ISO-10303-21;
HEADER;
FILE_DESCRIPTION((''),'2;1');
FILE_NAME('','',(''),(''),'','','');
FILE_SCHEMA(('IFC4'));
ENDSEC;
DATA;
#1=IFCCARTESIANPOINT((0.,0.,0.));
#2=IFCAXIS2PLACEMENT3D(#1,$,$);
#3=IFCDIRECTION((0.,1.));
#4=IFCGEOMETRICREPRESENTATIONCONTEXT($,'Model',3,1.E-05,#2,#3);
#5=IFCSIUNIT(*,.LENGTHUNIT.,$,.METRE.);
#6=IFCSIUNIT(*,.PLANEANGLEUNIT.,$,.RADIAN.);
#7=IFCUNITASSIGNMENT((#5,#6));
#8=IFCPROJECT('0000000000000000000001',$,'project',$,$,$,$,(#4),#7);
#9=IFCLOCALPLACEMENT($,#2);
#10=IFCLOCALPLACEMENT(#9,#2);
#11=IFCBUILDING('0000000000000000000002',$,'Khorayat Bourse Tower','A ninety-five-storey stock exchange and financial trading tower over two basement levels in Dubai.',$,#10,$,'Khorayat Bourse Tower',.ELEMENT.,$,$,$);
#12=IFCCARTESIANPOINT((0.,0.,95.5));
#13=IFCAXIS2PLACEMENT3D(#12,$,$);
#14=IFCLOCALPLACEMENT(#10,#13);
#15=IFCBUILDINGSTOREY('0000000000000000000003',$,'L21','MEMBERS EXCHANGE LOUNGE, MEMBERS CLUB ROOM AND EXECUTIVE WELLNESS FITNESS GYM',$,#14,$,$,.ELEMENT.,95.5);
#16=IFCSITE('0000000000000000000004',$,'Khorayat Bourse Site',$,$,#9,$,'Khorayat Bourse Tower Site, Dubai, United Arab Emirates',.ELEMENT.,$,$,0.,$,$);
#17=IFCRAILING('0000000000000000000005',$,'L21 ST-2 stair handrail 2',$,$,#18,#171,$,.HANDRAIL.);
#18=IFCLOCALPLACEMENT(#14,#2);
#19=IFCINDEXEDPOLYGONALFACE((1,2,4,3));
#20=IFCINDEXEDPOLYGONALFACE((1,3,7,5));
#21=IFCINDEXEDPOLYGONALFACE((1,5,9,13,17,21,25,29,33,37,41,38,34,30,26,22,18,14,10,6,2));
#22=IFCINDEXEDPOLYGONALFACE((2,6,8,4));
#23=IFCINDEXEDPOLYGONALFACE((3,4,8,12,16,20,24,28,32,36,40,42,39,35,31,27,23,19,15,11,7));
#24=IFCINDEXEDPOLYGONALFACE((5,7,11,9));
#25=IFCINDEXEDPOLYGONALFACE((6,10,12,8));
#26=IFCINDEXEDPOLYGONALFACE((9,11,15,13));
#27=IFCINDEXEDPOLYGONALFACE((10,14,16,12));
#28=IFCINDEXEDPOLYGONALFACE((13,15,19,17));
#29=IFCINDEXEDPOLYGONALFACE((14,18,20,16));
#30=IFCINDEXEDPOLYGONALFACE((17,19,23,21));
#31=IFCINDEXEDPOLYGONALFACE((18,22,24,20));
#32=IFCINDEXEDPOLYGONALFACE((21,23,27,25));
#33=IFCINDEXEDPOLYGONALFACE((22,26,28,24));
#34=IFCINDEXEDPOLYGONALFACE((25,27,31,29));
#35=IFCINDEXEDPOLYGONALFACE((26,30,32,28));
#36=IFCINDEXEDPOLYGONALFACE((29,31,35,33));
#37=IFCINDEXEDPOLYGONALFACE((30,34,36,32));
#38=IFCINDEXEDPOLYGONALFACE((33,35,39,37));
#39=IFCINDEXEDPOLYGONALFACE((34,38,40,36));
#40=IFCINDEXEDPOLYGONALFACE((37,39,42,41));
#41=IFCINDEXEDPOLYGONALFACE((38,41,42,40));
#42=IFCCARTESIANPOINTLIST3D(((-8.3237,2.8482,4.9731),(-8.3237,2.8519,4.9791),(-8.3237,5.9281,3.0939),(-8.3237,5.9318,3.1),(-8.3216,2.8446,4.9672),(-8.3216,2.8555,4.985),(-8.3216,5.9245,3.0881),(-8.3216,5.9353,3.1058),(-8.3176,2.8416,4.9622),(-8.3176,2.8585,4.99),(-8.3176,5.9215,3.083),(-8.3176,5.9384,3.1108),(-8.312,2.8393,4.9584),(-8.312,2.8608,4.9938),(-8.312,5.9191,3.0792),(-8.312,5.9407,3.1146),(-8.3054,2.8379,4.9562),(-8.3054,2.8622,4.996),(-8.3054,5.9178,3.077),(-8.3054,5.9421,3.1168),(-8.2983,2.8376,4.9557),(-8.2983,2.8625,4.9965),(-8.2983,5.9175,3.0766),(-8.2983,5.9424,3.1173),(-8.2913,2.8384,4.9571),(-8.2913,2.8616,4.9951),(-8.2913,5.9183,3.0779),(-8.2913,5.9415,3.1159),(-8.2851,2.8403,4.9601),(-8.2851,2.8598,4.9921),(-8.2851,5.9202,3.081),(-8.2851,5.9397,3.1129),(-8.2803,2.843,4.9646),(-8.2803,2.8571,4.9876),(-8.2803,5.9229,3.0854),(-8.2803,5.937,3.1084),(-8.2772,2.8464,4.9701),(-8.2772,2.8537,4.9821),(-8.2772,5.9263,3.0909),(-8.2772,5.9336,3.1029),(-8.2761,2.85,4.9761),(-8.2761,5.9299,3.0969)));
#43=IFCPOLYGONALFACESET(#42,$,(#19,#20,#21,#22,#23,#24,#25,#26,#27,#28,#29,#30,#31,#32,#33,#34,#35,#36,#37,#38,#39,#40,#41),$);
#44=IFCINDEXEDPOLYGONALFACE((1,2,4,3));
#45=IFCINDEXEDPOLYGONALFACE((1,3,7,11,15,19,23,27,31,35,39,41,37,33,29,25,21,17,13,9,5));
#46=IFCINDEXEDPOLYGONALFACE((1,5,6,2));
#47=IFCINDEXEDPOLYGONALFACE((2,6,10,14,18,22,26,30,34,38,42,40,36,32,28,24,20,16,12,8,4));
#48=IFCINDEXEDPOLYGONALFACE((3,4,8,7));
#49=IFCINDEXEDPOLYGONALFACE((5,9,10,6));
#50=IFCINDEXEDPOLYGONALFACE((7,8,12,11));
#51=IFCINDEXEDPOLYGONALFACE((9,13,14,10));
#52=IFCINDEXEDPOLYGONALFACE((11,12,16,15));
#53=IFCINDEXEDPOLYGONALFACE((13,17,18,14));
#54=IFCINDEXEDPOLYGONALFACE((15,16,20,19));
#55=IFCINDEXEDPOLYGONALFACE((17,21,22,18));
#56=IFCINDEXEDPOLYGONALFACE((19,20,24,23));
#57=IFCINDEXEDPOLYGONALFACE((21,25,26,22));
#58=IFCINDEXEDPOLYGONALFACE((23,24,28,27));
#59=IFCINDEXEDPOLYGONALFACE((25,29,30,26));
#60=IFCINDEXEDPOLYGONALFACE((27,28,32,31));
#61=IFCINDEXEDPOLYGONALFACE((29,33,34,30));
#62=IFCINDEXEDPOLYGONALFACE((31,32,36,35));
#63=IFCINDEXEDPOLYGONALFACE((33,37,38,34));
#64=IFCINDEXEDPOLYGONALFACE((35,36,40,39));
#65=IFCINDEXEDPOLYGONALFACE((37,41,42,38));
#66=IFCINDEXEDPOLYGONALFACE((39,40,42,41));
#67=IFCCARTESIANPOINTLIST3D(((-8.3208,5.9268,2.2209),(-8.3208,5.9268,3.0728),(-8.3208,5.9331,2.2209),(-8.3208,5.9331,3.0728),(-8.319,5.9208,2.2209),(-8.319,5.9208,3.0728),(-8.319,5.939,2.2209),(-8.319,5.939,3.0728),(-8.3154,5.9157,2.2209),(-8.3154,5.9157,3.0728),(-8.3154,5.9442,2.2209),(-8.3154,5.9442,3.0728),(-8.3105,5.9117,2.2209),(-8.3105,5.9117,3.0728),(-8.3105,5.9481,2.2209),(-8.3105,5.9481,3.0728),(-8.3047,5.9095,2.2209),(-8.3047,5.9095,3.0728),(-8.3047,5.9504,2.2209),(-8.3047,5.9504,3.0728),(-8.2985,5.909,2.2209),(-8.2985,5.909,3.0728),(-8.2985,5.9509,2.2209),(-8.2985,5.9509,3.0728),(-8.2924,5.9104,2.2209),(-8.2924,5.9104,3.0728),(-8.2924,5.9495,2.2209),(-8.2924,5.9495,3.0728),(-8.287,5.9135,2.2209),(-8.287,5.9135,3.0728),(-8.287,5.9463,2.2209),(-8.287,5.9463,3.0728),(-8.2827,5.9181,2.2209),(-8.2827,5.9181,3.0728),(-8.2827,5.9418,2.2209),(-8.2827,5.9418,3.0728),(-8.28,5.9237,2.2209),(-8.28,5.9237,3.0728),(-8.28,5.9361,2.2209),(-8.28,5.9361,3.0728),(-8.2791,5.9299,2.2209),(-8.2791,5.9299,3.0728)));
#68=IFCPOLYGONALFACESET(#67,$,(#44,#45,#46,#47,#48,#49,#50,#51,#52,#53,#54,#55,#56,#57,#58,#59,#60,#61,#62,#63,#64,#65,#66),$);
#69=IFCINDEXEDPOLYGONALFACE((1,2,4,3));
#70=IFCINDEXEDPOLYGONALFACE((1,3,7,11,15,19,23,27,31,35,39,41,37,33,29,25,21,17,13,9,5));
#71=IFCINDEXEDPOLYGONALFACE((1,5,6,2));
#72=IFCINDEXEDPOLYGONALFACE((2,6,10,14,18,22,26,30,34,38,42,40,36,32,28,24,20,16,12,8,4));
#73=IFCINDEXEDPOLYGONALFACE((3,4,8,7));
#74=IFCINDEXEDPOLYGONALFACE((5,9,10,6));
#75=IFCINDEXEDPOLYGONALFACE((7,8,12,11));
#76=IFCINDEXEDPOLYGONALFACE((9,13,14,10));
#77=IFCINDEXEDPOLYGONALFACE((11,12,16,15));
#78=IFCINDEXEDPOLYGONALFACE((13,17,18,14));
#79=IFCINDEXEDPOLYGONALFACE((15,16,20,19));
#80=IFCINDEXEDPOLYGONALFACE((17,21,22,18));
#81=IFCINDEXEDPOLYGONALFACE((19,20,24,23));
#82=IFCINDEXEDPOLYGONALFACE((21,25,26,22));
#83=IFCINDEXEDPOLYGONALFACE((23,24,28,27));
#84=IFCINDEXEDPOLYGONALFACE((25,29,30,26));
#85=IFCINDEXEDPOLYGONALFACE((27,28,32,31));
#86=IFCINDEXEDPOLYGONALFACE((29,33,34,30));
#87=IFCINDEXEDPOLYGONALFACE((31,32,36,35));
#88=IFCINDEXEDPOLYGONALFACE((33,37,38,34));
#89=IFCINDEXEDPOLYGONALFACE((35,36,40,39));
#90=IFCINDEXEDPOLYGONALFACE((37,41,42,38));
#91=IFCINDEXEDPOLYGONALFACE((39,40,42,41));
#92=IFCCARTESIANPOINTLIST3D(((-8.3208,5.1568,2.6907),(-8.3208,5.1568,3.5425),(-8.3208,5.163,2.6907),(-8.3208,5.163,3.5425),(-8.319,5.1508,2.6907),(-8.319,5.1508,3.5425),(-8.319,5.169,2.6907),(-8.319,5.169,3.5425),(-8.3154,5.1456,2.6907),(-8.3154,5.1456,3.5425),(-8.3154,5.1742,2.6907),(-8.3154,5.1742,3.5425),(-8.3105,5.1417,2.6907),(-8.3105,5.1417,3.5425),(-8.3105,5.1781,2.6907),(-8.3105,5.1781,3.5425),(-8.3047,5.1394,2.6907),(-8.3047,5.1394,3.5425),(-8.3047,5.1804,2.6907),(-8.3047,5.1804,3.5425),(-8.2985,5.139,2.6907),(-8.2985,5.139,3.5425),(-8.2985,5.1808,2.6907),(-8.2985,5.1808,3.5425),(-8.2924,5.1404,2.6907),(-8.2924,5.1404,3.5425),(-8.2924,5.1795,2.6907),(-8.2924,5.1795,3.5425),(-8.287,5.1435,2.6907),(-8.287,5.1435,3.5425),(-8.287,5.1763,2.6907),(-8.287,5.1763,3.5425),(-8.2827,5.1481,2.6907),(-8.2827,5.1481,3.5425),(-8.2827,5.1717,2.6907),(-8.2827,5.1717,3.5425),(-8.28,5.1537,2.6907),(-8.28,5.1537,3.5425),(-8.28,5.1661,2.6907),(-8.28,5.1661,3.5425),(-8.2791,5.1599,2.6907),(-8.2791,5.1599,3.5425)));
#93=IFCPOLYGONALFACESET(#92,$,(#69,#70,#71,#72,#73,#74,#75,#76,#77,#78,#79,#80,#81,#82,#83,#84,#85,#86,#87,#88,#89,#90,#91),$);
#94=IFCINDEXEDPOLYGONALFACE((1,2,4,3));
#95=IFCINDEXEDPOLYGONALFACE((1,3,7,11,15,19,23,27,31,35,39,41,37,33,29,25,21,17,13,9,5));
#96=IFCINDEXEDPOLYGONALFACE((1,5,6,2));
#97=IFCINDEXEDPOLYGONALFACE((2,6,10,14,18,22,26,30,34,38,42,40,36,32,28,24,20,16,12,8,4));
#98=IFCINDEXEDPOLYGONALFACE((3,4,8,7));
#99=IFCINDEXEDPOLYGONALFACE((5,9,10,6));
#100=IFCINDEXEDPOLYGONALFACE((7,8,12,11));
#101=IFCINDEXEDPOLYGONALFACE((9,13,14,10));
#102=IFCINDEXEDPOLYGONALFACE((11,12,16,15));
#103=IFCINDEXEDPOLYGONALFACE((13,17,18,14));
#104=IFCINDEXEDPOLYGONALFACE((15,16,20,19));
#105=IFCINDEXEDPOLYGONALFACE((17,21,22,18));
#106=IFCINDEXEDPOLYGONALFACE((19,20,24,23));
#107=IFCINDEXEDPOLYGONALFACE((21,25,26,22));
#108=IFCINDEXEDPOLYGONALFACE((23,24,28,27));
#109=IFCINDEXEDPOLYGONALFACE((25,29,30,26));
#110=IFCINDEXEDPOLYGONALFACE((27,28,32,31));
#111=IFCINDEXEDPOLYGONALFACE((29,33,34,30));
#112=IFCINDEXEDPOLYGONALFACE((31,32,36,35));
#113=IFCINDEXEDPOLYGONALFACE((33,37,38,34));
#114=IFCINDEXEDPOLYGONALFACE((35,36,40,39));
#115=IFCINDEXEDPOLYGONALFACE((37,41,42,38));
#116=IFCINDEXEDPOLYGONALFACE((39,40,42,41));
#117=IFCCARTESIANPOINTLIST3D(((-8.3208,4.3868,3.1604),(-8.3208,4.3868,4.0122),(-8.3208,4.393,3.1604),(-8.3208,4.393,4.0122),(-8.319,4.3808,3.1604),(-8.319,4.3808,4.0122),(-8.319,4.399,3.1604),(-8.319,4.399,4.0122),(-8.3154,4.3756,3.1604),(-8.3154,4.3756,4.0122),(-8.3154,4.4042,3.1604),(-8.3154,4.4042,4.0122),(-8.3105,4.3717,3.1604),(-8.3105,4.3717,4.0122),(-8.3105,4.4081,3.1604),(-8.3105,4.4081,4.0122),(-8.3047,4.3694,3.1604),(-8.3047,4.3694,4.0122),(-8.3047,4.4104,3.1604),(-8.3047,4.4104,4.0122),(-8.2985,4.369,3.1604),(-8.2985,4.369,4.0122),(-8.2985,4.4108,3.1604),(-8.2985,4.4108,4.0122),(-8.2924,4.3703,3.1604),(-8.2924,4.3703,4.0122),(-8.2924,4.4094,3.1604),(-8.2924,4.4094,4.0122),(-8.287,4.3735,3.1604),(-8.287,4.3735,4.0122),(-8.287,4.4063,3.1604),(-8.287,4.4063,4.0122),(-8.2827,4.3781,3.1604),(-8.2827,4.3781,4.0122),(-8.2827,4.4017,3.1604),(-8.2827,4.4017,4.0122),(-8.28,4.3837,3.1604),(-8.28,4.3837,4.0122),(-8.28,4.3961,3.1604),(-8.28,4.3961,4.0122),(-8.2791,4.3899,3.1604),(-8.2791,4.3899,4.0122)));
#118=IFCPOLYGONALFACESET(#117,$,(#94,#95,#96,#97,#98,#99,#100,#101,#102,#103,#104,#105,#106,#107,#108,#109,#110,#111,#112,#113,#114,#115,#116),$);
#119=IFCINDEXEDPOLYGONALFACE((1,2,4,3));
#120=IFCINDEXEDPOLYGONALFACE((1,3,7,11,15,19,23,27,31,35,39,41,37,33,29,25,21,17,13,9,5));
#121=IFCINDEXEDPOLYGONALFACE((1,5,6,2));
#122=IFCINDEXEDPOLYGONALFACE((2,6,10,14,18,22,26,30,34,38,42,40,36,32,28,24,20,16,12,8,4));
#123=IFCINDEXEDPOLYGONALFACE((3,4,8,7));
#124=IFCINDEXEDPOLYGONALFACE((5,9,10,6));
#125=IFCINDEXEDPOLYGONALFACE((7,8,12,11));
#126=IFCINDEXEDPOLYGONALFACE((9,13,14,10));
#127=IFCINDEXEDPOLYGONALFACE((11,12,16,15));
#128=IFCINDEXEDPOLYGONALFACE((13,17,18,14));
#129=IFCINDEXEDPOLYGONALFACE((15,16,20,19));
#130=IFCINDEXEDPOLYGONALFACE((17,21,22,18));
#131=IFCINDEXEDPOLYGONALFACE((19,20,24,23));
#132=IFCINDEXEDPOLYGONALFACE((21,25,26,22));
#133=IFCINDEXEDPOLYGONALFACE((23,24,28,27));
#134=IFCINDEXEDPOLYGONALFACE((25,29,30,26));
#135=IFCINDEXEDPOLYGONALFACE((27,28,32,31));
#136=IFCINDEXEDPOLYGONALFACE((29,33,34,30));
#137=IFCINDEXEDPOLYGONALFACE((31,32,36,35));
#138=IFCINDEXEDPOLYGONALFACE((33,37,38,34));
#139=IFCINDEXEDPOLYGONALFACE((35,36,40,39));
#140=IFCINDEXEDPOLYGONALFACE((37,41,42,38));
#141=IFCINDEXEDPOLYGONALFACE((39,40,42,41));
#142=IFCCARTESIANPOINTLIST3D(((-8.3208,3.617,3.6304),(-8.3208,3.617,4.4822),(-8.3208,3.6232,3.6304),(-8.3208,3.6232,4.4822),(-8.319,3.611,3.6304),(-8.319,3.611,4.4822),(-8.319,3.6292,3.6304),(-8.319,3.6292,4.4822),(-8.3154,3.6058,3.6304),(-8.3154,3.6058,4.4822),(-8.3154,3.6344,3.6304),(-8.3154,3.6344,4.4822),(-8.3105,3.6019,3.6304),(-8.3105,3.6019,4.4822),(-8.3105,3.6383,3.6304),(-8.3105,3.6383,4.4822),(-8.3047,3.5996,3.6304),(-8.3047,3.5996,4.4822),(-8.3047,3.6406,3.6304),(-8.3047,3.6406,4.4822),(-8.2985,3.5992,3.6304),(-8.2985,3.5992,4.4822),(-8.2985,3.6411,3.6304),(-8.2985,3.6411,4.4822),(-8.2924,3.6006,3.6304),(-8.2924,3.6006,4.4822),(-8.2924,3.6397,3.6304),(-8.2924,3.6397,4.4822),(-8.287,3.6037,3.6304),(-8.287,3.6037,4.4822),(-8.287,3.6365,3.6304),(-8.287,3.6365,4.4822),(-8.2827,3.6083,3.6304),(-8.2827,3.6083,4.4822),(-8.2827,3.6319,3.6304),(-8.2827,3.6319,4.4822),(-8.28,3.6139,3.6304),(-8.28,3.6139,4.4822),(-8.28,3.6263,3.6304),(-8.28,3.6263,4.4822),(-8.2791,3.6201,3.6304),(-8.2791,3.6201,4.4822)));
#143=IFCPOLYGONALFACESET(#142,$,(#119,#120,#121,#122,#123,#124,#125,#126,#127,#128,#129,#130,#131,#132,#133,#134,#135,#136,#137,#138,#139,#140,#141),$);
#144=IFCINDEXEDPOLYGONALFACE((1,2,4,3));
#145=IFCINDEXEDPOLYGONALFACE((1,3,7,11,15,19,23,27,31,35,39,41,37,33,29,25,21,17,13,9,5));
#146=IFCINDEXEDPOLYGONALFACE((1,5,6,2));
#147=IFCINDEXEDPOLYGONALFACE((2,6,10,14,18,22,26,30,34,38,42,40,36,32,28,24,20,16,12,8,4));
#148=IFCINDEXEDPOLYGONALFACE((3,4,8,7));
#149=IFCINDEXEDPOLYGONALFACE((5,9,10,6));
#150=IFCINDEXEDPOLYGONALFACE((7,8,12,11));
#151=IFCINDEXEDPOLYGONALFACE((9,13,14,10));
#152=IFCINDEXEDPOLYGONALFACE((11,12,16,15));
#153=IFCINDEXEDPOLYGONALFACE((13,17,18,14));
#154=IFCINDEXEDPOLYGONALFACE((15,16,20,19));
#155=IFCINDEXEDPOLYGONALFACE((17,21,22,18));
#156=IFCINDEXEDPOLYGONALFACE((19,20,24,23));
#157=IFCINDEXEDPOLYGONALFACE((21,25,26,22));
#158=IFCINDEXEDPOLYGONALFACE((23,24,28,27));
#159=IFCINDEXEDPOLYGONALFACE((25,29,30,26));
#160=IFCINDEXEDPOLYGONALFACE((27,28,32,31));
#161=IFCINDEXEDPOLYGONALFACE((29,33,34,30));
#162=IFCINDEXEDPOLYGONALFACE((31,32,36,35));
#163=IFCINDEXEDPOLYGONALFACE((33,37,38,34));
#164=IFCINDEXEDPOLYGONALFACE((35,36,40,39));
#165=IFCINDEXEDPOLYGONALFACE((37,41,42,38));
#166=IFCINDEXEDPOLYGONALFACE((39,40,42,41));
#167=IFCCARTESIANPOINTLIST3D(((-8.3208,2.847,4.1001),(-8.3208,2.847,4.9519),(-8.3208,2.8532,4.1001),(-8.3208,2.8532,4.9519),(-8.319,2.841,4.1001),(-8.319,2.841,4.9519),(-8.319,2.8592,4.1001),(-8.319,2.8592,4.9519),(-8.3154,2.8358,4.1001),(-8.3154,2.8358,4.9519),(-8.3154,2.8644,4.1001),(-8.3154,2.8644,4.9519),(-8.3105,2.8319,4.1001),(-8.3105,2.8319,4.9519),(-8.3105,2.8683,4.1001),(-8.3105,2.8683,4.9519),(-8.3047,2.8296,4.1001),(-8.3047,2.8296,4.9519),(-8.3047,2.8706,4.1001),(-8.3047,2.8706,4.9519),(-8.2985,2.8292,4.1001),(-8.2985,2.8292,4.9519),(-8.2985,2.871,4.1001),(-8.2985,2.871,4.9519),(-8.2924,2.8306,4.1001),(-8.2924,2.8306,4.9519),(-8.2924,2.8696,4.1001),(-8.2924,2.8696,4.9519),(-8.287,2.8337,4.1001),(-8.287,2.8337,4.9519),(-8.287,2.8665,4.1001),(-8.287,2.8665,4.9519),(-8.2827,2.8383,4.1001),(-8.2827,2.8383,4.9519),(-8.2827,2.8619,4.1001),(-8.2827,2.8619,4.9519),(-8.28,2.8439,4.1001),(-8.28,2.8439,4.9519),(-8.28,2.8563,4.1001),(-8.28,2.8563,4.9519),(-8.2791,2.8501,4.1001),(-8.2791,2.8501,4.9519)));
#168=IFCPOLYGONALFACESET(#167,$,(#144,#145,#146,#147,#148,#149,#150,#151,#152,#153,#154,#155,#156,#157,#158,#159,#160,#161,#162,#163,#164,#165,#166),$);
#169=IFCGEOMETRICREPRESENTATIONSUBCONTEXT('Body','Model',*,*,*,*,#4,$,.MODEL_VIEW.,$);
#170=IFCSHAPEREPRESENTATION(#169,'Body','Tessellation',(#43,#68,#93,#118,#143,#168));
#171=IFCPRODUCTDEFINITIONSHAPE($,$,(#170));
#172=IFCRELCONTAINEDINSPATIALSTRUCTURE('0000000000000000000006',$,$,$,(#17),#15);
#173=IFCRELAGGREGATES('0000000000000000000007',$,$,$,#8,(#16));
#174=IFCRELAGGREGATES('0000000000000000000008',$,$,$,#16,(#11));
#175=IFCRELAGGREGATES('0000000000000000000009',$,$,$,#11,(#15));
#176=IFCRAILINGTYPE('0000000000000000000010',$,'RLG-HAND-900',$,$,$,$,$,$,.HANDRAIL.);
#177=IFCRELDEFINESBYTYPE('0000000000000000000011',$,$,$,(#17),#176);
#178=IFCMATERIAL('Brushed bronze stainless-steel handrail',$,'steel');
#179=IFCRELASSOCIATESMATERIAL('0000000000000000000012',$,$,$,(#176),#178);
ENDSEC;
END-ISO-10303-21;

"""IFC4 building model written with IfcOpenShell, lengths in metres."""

from ifc_helpers import new_model, si_unit, direction, frame, origin, origin_2d, place, context, subcontext, project, spatial, circle, extrude, source, transform, mapped, material, type_object, element, save


model = new_model("IFC4")

# Units and contexts
model_context = context("Model", 3, precision=1e-05, world=origin(), true_north=direction((0.0, 1.0)))
body_context = subcontext(model_context, "Body", "Model", "MODEL_VIEW")
ifc_project = project(units=[si_unit("LENGTHUNIT", "METRE"), si_unit("PLANEANGLEUNIT", "RADIAN")], contexts=[model_context])

# Site, building, storey
site_placement = place(None, origin())
site = spatial("IfcSite", under=ifc_project, at=site_placement, Name="Khorayat Bourse Site", LongName="Khorayat Bourse Tower Site, Dubai, United Arab Emirates", CompositionType="ELEMENT", RefElevation=0.0)
building_placement = place(site_placement, origin())
building = spatial("IfcBuilding", under=site, at=building_placement, Name="Khorayat Bourse Tower", Description="A ninety-five-storey stock exchange and financial trading tower over two basement levels in Dubai.", LongName="Khorayat Bourse Tower", CompositionType="ELEMENT")
storey_placement = place(building_placement, frame((0.0, 0.0, 95.5)))
storey = spatial("IfcBuildingStorey", under=building, at=storey_placement, Name="L21", Description="MEMBERS EXCHANGE LOUNGE, MEMBERS CLUB ROOM AND EXECUTIVE WELLNESS FITNESS GYM", CompositionType="ELEMENT", Elevation=95.5)

# Railing
ifc_material_1 = material(Name="Brushed bronze stainless-steel handrail", Category="steel")
railing_type_1 = type_object("IfcRailingType", Name="RLG-HAND-900", PredefinedType="HANDRAIL", material=ifc_material_1)
shared_shape_1 = source(origin(), body_context, "Body", "SweptSolid", [
    extrude(circle(Radius=0.0239, at=origin_2d()), frame((0.0, 0.0, 0.876), z_axis=(0.0, -0.853648, 0.52085), x_axis=(1.0, 0.0, 0.0)), (0.0, 0.0, 1.0), 3.6079),
    extrude(circle(Radius=0.021, at=origin_2d()), origin(), (0.0, 0.0, 1.0), 0.8518),
    extrude(circle(Radius=0.021, at=origin_2d()), frame((0.0, -0.77, 0.4697)), (0.0, 0.0, 1.0), 0.8518),
    extrude(circle(Radius=0.021, at=origin_2d()), frame((0.0, -1.54, 0.9395)), (0.0, 0.0, 1.0), 0.8518),
    extrude(circle(Radius=0.021, at=origin_2d()), frame((0.0, -2.3098, 1.4094)), (0.0, 0.0, 1.0), 0.8518),
    extrude(circle(Radius=0.021, at=origin_2d()), frame((0.0, -3.0798, 1.8792)), (0.0, 0.0, 1.0), 0.8518),
])
railing_1_placement = place(storey_placement, frame((-8.3, 5.9299, 2.2209)))
element("IfcRailing", 1, at=railing_1_placement, inside=storey, type_object=railing_type_1, Name="L21 ST-2 stair handrail 2", PredefinedType="HANDRAIL", context=body_context, shape_type="MappedRepresentation", body=[
    mapped(shared_shape_1, transform((0.0, 0.0, 0.0), scale=1.0)),
])

save(model, "model.ifc")
